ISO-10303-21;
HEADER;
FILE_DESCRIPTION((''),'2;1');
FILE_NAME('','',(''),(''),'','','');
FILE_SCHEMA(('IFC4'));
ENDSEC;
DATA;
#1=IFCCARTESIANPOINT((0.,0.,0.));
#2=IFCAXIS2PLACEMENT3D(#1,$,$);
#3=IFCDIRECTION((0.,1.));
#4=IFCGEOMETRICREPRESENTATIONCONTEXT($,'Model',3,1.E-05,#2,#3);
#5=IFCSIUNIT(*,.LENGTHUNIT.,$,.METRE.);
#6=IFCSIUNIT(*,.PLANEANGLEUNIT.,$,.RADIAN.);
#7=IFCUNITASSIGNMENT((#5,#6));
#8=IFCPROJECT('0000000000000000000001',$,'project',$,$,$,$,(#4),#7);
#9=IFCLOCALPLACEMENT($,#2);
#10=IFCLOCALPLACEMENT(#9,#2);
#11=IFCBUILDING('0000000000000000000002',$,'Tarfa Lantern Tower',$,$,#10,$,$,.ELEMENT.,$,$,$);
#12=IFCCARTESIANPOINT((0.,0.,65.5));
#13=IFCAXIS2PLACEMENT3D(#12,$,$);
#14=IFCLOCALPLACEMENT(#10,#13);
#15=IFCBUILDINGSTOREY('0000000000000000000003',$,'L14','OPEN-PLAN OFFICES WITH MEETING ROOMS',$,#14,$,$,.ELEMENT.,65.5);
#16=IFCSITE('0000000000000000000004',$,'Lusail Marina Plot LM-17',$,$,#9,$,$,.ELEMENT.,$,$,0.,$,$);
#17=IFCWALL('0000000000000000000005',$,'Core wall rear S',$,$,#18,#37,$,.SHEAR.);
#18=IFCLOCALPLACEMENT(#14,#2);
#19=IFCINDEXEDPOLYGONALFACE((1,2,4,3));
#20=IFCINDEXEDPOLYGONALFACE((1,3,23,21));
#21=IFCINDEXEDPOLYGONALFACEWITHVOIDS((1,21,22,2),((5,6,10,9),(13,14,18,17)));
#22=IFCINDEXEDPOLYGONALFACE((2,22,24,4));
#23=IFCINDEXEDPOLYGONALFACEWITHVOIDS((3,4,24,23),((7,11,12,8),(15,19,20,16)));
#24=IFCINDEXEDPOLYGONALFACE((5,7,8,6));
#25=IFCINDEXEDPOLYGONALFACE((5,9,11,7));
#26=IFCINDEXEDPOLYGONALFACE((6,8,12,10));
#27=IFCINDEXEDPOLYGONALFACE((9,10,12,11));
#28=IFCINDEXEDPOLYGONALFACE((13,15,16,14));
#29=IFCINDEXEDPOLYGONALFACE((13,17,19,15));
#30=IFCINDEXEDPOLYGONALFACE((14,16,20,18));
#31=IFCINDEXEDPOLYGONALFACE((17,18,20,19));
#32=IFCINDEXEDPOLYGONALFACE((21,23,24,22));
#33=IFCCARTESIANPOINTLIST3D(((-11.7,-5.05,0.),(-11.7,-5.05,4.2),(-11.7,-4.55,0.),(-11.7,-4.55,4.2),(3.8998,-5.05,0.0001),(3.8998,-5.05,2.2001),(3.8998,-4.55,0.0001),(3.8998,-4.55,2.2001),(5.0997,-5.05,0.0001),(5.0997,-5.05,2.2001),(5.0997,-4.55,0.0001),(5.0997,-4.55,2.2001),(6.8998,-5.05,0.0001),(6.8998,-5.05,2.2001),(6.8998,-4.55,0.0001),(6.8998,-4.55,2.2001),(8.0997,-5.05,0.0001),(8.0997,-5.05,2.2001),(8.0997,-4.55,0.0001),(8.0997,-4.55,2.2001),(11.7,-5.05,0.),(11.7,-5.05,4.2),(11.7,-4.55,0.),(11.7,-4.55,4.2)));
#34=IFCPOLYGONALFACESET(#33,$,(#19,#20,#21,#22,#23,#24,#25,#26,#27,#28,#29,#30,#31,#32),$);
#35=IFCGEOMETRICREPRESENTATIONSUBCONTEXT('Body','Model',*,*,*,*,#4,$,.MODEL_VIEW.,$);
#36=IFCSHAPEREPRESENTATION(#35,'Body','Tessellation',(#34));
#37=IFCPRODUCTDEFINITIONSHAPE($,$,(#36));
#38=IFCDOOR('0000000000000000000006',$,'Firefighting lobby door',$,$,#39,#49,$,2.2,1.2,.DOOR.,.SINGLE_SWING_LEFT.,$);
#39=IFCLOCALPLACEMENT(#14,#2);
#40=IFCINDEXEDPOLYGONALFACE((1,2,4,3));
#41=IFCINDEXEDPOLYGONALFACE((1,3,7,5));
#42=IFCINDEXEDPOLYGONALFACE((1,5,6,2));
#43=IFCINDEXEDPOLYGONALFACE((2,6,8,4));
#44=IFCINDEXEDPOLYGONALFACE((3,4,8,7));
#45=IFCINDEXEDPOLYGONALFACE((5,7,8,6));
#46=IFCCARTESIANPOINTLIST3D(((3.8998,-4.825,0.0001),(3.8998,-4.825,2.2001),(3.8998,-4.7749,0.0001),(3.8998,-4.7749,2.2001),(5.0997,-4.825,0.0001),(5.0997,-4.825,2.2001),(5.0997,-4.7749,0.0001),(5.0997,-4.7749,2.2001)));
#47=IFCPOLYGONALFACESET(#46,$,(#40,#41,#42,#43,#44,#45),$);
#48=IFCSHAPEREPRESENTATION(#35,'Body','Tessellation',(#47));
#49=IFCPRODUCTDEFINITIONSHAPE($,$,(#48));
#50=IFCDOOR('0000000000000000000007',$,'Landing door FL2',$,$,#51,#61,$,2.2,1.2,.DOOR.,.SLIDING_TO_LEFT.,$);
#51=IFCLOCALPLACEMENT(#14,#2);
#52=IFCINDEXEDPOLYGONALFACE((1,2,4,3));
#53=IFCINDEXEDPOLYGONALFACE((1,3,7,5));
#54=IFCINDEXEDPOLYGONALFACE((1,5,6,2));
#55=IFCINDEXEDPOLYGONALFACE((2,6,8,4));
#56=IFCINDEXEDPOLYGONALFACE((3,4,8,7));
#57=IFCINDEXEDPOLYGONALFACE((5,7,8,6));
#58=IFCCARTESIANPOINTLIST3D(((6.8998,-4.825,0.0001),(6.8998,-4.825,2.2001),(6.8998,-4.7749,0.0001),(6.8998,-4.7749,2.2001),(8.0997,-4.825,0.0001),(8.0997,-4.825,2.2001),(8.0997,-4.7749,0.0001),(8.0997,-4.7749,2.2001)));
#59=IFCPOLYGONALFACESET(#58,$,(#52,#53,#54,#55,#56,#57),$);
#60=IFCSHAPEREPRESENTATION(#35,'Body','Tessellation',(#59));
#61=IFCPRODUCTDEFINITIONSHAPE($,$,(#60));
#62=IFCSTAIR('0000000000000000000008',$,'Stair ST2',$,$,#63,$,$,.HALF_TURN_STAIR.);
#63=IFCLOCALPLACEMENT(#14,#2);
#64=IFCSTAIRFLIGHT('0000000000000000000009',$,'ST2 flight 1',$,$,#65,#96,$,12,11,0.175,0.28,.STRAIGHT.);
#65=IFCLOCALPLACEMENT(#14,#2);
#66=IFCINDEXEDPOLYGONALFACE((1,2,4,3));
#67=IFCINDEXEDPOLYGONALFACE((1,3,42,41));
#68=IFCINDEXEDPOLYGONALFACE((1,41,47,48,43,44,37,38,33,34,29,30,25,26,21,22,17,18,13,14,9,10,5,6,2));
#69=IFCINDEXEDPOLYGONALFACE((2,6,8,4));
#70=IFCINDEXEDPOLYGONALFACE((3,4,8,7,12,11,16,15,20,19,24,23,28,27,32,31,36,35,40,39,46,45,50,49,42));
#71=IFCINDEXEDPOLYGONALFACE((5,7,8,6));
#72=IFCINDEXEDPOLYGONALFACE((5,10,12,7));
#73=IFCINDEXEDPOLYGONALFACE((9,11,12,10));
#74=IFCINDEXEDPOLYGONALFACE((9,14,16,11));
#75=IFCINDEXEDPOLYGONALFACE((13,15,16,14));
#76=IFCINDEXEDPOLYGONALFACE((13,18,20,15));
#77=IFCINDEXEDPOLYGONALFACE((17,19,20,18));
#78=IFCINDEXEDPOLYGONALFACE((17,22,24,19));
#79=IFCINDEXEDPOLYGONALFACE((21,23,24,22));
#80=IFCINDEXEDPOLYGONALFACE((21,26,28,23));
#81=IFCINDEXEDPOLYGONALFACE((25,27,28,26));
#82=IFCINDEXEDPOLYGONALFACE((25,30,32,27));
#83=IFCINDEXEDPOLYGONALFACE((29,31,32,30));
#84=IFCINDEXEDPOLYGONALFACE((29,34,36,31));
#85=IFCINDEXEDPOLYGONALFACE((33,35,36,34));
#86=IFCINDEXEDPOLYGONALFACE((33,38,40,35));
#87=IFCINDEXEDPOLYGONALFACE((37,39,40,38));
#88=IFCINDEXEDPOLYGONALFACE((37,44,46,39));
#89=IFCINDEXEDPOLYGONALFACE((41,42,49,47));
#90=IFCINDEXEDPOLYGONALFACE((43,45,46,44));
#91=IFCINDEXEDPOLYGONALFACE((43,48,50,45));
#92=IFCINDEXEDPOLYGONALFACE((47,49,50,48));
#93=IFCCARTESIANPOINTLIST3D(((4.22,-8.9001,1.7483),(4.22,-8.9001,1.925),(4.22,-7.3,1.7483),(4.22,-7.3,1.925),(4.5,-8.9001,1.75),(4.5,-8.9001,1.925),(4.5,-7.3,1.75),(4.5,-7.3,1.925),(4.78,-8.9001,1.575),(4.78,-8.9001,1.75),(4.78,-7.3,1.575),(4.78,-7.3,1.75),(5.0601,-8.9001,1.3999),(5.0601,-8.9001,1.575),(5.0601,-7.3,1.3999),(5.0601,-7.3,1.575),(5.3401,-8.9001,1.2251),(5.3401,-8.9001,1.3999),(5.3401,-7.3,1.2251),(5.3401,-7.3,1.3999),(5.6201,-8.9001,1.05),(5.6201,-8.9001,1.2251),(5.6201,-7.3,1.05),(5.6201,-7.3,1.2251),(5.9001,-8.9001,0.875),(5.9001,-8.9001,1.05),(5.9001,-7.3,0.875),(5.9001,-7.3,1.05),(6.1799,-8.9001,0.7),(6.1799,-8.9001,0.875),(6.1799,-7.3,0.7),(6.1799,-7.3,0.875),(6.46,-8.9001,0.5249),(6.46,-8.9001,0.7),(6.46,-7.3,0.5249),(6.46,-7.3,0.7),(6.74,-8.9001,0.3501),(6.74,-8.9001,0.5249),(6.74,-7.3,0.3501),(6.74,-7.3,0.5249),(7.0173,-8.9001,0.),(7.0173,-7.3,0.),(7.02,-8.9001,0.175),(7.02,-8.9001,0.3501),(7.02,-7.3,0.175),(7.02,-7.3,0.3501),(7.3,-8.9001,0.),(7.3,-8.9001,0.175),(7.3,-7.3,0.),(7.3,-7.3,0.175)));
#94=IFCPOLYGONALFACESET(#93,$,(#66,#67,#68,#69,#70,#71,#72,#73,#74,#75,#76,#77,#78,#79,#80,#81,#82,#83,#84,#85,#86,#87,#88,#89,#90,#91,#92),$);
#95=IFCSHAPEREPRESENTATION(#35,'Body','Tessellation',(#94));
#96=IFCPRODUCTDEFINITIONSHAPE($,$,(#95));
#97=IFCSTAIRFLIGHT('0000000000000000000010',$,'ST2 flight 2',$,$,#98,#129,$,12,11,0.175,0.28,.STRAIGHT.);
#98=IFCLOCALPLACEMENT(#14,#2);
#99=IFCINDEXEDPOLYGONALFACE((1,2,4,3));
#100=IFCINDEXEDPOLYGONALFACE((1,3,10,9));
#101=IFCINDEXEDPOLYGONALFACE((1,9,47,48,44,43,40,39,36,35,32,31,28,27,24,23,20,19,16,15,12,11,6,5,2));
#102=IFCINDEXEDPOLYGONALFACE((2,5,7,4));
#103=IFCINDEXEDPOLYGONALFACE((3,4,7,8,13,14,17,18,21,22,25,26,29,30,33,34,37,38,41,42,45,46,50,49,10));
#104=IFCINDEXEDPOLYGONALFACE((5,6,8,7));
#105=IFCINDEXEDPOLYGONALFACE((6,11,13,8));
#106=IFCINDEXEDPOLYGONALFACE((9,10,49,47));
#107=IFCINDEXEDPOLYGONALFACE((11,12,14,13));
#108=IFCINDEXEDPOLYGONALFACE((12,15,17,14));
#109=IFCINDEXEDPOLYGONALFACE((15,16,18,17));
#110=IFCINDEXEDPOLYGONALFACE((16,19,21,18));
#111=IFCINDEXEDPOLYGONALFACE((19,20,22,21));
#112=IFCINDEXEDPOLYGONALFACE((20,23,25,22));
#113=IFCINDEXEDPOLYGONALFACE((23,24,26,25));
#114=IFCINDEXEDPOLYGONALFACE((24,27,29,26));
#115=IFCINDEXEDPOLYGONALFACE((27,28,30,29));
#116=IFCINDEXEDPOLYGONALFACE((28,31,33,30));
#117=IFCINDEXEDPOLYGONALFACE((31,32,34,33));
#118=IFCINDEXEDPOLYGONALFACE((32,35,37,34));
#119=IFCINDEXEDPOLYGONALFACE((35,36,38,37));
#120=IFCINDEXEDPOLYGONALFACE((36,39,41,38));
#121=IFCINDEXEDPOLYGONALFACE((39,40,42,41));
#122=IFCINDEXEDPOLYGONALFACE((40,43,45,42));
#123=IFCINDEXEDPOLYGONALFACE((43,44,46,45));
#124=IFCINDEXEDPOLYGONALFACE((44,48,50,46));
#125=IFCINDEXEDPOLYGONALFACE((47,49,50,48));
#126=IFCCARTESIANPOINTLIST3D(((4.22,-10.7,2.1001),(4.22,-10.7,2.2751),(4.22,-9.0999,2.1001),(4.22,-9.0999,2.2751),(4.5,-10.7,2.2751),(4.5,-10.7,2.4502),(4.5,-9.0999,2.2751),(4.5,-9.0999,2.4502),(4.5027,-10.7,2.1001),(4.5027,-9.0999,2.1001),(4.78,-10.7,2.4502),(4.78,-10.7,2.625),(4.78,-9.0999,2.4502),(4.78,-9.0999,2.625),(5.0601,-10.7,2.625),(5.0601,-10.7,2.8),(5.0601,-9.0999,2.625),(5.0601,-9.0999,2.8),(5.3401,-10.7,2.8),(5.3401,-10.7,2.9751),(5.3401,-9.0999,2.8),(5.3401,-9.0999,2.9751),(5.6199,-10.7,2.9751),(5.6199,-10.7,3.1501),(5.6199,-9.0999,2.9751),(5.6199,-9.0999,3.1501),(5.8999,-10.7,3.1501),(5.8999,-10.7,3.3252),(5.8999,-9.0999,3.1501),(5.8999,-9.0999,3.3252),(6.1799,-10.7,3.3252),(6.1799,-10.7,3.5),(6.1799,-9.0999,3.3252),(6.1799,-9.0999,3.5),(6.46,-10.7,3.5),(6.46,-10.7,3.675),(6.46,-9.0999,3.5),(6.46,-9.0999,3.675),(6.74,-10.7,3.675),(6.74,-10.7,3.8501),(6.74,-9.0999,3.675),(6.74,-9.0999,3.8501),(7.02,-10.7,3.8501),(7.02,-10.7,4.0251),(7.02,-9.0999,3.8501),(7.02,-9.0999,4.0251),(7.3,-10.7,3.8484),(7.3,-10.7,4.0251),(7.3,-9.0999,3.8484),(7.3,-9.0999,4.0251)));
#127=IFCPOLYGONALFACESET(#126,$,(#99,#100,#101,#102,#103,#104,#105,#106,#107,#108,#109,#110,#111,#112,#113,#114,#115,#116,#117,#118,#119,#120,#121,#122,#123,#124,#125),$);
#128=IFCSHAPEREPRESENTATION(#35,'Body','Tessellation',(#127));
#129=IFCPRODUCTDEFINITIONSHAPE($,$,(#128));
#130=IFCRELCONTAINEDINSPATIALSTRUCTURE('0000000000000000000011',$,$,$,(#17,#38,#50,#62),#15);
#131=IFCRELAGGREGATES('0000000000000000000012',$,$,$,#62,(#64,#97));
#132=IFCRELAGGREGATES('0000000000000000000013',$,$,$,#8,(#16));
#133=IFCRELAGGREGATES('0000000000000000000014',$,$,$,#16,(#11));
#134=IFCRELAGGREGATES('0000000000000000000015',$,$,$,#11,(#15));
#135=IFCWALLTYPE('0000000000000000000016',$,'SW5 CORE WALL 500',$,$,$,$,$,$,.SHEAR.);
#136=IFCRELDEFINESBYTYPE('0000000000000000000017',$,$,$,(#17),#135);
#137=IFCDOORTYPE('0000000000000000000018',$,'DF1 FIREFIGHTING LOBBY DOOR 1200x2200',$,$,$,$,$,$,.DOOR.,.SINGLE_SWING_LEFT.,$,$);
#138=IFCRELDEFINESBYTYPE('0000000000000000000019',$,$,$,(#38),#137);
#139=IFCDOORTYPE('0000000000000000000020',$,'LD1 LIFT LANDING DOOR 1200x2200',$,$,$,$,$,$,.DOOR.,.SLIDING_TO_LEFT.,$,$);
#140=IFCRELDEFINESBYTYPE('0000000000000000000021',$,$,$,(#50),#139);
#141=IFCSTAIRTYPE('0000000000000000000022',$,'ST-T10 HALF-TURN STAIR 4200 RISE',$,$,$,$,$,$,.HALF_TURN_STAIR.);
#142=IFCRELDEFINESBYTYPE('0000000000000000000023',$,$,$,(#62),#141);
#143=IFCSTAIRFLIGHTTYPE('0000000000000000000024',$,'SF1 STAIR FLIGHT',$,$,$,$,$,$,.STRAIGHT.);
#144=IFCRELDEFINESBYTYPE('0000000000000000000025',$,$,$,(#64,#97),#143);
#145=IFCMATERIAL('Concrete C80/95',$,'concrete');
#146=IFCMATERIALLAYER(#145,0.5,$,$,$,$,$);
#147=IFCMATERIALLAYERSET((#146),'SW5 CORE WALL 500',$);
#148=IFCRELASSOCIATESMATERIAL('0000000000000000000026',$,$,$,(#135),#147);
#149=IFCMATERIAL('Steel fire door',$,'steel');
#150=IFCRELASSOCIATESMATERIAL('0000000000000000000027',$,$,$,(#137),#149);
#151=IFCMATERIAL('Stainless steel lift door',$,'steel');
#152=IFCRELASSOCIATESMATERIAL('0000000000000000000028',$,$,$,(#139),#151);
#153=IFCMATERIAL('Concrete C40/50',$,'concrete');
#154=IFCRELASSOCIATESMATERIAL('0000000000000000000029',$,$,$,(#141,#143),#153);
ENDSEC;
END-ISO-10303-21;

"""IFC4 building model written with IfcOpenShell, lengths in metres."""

from ifc_helpers import new_model, si_unit, direction, frame, frame_2d, origin, place, context, subcontext, project, spatial, polyline, rectangle, outline, extrude, material, layer, layer_set, type_object, element, fill, aggregate, save


model = new_model("IFC4")

# Units and contexts
model_context = context("Model", 3, precision=1e-05, world=origin(), true_north=direction((0.0, 1.0)))
body_context = subcontext(model_context, "Body", "Model", "MODEL_VIEW")
ifc_project = project(units=[si_unit("LENGTHUNIT", "METRE"), si_unit("PLANEANGLEUNIT", "RADIAN")], contexts=[model_context])

# Site, building, storey
site_placement = place(None, origin())
site = spatial("IfcSite", under=ifc_project, at=site_placement, Name="Lusail Marina Plot LM-17", CompositionType="ELEMENT", RefElevation=0.0)
building_placement = place(site_placement, origin())
building = spatial("IfcBuilding", under=site, at=building_placement, Name="Tarfa Lantern Tower", CompositionType="ELEMENT")
storey_placement = place(building_placement, frame((0.0, 0.0, 65.5)))
storey = spatial("IfcBuildingStorey", under=building, at=storey_placement, Name="L14", Description="OPEN-PLAN OFFICES WITH MEETING ROOMS", CompositionType="ELEMENT", Elevation=65.5)

# Shared definitions
ifc_material_1 = material(Name="Concrete C80/95", Category="concrete")

# Shared definitions
ifc_material_2 = material(Name="Steel fire door", Category="steel")

# Wall, openings, doors
ifc_layer_1 = layer(ifc_material_1, 0.5)
ifc_layer_set_1 = layer_set([ifc_layer_1], Name="SW5 CORE WALL 500")
wall_type_1 = type_object("IfcWallType", Name="SW5 CORE WALL 500", PredefinedType="SHEAR", material=ifc_layer_set_1)
wall_1_placement = place(storey_placement, frame((11.7, -4.8, 0.0), z_axis=(0.0, 0.0, 1.0), x_axis=(-1.0, 0.0, 0.0)))
wall_1 = element("IfcWall", 1, at=wall_1_placement, inside=storey, type_object=wall_type_1, Name="Core wall rear S", PredefinedType="SHEAR", context=body_context, shape_type="SweptSolid", body=[
    extrude(rectangle(XDim=23.3999, YDim=0.5, at=frame_2d((11.7, 0.0))), origin(), (0.0, 0.0, 1.0), 4.2),
])
opening_1_placement = place(wall_1_placement, frame((6.6001, 0.0, 0.0)))
opening_1 = element("IfcOpeningElement", 2, at=opening_1_placement, cuts=wall_1, PredefinedType="OPENING", context=body_context, shape_type="SweptSolid", body=[
    extrude(rectangle(XDim=1.2, YDim=2.2, at=frame_2d((0.6001, 1.1001))), frame((0.0, 0.26, 0.0), z_axis=(0.0, -1.0, 0.0), x_axis=(1.0, 0.0, 0.0)), (0.0, 0.0, 1.0), 0.52),
])
opening_2_placement = place(wall_1_placement, frame((3.6001, 0.0, 0.0)))
opening_2 = element("IfcOpeningElement", 3, at=opening_2_placement, cuts=wall_1, PredefinedType="OPENING", context=body_context, shape_type="SweptSolid", body=[
    extrude(rectangle(XDim=1.2, YDim=2.2, at=frame_2d((0.6001, 1.1001))), frame((0.0, 0.26, 0.0), z_axis=(0.0, -1.0, 0.0), x_axis=(1.0, 0.0, 0.0)), (0.0, 0.0, 1.0), 0.52),
])
door_type_1 = type_object("IfcDoorType", Name="DF1 FIREFIGHTING LOBBY DOOR 1200x2200", OperationType="SINGLE_SWING_LEFT", PredefinedType="DOOR", material=ifc_material_2)
door_1_placement = place(opening_1_placement, origin())
door_1 = element("IfcDoor", 4, at=door_1_placement, inside=storey, type_object=door_type_1, Name="Firefighting lobby door", OperationType="SINGLE_SWING_LEFT", OverallHeight=2.2, OverallWidth=1.2, PredefinedType="DOOR", context=body_context, shape_type="SweptSolid", body=[
    extrude(rectangle(XDim=1.2, YDim=2.2, at=frame_2d((0.6001, 1.1001))), frame((0.0, 0.0249, 0.0), z_axis=(0.0, -1.0, 0.0), x_axis=(1.0, 0.0, 0.0)), (0.0, 0.0, 1.0), 0.05),
])
fill(opening_1, door_1)
ifc_material_3 = material(Name="Stainless steel lift door", Category="steel")
door_type_2 = type_object("IfcDoorType", Name="LD1 LIFT LANDING DOOR 1200x2200", OperationType="SLIDING_TO_LEFT", PredefinedType="DOOR", material=ifc_material_3)
door_2_placement = place(opening_2_placement, origin())
door_2 = element("IfcDoor", 5, at=door_2_placement, inside=storey, type_object=door_type_2, Name="Landing door FL2", OperationType="SLIDING_TO_LEFT", OverallHeight=2.2, OverallWidth=1.2, PredefinedType="DOOR", context=body_context, shape_type="SweptSolid", body=[
    extrude(rectangle(XDim=1.2, YDim=2.2, at=frame_2d((0.6001, 1.1001))), frame((0.0, 0.0249, 0.0), z_axis=(0.0, -1.0, 0.0), x_axis=(1.0, 0.0, 0.0)), (0.0, 0.0, 1.0), 0.05),
])
fill(opening_2, door_2)

# Stair, stair flights
ifc_material_4 = material(Name="Concrete C40/50", Category="concrete")
stair_type = type_object("IfcStairType", Name="ST-T10 HALF-TURN STAIR 4200 RISE", PredefinedType="HALF_TURN_STAIR", material=ifc_material_4)
stair_placement = place(storey_placement, origin())
stair = element("IfcStair", 6, at=stair_placement, inside=storey, type_object=stair_type, Name="Stair ST2", PredefinedType="HALF_TURN_STAIR")
stair_flight_type = type_object("IfcStairFlightType", Name="SF1 STAIR FLIGHT", PredefinedType="STRAIGHT", material=ifc_material_4)
stair_flight_1_placement = place(storey_placement, frame((7.3, -8.1001, 0.0), z_axis=(0.0, 0.0, 1.0), x_axis=(-1.0, 0.0, 0.0)))
stair_flight_1 = element("IfcStairFlight", 7, at=stair_flight_1_placement, type_object=stair_flight_type, Name="ST2 flight 1", NumberOfRisers=12, NumberOfTreads=11, PredefinedType="STRAIGHT", RiserHeight=0.175, TreadLength=0.28, context=body_context, shape_type="SweptSolid", body=[
    extrude(outline(polyline([(0.0, 0.0), (0.0, 0.175), (0.28, 0.175), (0.28, 0.3501), (0.5601, 0.3501), (0.5601, 0.5249), (0.8401, 0.5249), (0.8401, 0.7), (1.1201, 0.7), (1.1201, 0.875), (1.3999, 0.875), (1.3999, 1.05), (1.6799, 1.05), (1.6799, 1.2251), (1.96, 1.2251), (1.96, 1.3999), (2.24, 1.3999), (2.24, 1.575), (2.52, 1.575), (2.52, 1.75), (2.8, 1.75), (2.8, 1.925), (3.0801, 1.925), (3.0801, 2.1001), (3.0801, 1.7483), (0.2827, 0.0), (0.0, 0.0)])), frame((0.0, 0.8, 0.0), z_axis=(0.0, -1.0, 0.0), x_axis=(1.0, 0.0, 0.0)), (0.0, 0.0, 1.0), 1.6001),
])
stair_flight_2_placement = place(storey_placement, frame((4.22, -9.8999, 2.1001), z_axis=(0.0, 0.0, 1.0), x_axis=(1.0, 0.0, 0.0)))
stair_flight_2 = element("IfcStairFlight", 8, at=stair_flight_2_placement, type_object=stair_flight_type, Name="ST2 flight 2", NumberOfRisers=12, NumberOfTreads=11, PredefinedType="STRAIGHT", RiserHeight=0.175, TreadLength=0.28, context=body_context, shape_type="SweptSolid", body=[
    extrude(outline(polyline([(0.0, 0.0), (0.0, 0.175), (0.28, 0.175), (0.28, 0.3501), (0.5601, 0.3501), (0.5601, 0.5249), (0.8401, 0.5249), (0.8401, 0.7), (1.1201, 0.7), (1.1201, 0.875), (1.3999, 0.875), (1.3999, 1.05), (1.6799, 1.05), (1.6799, 1.2251), (1.96, 1.2251), (1.96, 1.3999), (2.24, 1.3999), (2.24, 1.575), (2.52, 1.575), (2.52, 1.75), (2.8, 1.75), (2.8, 1.925), (3.0801, 1.925), (3.0801, 2.1001), (3.0801, 1.7483), (0.2827, 0.0), (0.0, 0.0)])), frame((0.0, 0.8, 0.0), z_axis=(0.0, -1.0, 0.0), x_axis=(1.0, 0.0, 0.0)), (0.0, 0.0, 1.0), 1.6001),
])
aggregate(stair, [stair_flight_1, stair_flight_2])

save(model, "model.ifc")
